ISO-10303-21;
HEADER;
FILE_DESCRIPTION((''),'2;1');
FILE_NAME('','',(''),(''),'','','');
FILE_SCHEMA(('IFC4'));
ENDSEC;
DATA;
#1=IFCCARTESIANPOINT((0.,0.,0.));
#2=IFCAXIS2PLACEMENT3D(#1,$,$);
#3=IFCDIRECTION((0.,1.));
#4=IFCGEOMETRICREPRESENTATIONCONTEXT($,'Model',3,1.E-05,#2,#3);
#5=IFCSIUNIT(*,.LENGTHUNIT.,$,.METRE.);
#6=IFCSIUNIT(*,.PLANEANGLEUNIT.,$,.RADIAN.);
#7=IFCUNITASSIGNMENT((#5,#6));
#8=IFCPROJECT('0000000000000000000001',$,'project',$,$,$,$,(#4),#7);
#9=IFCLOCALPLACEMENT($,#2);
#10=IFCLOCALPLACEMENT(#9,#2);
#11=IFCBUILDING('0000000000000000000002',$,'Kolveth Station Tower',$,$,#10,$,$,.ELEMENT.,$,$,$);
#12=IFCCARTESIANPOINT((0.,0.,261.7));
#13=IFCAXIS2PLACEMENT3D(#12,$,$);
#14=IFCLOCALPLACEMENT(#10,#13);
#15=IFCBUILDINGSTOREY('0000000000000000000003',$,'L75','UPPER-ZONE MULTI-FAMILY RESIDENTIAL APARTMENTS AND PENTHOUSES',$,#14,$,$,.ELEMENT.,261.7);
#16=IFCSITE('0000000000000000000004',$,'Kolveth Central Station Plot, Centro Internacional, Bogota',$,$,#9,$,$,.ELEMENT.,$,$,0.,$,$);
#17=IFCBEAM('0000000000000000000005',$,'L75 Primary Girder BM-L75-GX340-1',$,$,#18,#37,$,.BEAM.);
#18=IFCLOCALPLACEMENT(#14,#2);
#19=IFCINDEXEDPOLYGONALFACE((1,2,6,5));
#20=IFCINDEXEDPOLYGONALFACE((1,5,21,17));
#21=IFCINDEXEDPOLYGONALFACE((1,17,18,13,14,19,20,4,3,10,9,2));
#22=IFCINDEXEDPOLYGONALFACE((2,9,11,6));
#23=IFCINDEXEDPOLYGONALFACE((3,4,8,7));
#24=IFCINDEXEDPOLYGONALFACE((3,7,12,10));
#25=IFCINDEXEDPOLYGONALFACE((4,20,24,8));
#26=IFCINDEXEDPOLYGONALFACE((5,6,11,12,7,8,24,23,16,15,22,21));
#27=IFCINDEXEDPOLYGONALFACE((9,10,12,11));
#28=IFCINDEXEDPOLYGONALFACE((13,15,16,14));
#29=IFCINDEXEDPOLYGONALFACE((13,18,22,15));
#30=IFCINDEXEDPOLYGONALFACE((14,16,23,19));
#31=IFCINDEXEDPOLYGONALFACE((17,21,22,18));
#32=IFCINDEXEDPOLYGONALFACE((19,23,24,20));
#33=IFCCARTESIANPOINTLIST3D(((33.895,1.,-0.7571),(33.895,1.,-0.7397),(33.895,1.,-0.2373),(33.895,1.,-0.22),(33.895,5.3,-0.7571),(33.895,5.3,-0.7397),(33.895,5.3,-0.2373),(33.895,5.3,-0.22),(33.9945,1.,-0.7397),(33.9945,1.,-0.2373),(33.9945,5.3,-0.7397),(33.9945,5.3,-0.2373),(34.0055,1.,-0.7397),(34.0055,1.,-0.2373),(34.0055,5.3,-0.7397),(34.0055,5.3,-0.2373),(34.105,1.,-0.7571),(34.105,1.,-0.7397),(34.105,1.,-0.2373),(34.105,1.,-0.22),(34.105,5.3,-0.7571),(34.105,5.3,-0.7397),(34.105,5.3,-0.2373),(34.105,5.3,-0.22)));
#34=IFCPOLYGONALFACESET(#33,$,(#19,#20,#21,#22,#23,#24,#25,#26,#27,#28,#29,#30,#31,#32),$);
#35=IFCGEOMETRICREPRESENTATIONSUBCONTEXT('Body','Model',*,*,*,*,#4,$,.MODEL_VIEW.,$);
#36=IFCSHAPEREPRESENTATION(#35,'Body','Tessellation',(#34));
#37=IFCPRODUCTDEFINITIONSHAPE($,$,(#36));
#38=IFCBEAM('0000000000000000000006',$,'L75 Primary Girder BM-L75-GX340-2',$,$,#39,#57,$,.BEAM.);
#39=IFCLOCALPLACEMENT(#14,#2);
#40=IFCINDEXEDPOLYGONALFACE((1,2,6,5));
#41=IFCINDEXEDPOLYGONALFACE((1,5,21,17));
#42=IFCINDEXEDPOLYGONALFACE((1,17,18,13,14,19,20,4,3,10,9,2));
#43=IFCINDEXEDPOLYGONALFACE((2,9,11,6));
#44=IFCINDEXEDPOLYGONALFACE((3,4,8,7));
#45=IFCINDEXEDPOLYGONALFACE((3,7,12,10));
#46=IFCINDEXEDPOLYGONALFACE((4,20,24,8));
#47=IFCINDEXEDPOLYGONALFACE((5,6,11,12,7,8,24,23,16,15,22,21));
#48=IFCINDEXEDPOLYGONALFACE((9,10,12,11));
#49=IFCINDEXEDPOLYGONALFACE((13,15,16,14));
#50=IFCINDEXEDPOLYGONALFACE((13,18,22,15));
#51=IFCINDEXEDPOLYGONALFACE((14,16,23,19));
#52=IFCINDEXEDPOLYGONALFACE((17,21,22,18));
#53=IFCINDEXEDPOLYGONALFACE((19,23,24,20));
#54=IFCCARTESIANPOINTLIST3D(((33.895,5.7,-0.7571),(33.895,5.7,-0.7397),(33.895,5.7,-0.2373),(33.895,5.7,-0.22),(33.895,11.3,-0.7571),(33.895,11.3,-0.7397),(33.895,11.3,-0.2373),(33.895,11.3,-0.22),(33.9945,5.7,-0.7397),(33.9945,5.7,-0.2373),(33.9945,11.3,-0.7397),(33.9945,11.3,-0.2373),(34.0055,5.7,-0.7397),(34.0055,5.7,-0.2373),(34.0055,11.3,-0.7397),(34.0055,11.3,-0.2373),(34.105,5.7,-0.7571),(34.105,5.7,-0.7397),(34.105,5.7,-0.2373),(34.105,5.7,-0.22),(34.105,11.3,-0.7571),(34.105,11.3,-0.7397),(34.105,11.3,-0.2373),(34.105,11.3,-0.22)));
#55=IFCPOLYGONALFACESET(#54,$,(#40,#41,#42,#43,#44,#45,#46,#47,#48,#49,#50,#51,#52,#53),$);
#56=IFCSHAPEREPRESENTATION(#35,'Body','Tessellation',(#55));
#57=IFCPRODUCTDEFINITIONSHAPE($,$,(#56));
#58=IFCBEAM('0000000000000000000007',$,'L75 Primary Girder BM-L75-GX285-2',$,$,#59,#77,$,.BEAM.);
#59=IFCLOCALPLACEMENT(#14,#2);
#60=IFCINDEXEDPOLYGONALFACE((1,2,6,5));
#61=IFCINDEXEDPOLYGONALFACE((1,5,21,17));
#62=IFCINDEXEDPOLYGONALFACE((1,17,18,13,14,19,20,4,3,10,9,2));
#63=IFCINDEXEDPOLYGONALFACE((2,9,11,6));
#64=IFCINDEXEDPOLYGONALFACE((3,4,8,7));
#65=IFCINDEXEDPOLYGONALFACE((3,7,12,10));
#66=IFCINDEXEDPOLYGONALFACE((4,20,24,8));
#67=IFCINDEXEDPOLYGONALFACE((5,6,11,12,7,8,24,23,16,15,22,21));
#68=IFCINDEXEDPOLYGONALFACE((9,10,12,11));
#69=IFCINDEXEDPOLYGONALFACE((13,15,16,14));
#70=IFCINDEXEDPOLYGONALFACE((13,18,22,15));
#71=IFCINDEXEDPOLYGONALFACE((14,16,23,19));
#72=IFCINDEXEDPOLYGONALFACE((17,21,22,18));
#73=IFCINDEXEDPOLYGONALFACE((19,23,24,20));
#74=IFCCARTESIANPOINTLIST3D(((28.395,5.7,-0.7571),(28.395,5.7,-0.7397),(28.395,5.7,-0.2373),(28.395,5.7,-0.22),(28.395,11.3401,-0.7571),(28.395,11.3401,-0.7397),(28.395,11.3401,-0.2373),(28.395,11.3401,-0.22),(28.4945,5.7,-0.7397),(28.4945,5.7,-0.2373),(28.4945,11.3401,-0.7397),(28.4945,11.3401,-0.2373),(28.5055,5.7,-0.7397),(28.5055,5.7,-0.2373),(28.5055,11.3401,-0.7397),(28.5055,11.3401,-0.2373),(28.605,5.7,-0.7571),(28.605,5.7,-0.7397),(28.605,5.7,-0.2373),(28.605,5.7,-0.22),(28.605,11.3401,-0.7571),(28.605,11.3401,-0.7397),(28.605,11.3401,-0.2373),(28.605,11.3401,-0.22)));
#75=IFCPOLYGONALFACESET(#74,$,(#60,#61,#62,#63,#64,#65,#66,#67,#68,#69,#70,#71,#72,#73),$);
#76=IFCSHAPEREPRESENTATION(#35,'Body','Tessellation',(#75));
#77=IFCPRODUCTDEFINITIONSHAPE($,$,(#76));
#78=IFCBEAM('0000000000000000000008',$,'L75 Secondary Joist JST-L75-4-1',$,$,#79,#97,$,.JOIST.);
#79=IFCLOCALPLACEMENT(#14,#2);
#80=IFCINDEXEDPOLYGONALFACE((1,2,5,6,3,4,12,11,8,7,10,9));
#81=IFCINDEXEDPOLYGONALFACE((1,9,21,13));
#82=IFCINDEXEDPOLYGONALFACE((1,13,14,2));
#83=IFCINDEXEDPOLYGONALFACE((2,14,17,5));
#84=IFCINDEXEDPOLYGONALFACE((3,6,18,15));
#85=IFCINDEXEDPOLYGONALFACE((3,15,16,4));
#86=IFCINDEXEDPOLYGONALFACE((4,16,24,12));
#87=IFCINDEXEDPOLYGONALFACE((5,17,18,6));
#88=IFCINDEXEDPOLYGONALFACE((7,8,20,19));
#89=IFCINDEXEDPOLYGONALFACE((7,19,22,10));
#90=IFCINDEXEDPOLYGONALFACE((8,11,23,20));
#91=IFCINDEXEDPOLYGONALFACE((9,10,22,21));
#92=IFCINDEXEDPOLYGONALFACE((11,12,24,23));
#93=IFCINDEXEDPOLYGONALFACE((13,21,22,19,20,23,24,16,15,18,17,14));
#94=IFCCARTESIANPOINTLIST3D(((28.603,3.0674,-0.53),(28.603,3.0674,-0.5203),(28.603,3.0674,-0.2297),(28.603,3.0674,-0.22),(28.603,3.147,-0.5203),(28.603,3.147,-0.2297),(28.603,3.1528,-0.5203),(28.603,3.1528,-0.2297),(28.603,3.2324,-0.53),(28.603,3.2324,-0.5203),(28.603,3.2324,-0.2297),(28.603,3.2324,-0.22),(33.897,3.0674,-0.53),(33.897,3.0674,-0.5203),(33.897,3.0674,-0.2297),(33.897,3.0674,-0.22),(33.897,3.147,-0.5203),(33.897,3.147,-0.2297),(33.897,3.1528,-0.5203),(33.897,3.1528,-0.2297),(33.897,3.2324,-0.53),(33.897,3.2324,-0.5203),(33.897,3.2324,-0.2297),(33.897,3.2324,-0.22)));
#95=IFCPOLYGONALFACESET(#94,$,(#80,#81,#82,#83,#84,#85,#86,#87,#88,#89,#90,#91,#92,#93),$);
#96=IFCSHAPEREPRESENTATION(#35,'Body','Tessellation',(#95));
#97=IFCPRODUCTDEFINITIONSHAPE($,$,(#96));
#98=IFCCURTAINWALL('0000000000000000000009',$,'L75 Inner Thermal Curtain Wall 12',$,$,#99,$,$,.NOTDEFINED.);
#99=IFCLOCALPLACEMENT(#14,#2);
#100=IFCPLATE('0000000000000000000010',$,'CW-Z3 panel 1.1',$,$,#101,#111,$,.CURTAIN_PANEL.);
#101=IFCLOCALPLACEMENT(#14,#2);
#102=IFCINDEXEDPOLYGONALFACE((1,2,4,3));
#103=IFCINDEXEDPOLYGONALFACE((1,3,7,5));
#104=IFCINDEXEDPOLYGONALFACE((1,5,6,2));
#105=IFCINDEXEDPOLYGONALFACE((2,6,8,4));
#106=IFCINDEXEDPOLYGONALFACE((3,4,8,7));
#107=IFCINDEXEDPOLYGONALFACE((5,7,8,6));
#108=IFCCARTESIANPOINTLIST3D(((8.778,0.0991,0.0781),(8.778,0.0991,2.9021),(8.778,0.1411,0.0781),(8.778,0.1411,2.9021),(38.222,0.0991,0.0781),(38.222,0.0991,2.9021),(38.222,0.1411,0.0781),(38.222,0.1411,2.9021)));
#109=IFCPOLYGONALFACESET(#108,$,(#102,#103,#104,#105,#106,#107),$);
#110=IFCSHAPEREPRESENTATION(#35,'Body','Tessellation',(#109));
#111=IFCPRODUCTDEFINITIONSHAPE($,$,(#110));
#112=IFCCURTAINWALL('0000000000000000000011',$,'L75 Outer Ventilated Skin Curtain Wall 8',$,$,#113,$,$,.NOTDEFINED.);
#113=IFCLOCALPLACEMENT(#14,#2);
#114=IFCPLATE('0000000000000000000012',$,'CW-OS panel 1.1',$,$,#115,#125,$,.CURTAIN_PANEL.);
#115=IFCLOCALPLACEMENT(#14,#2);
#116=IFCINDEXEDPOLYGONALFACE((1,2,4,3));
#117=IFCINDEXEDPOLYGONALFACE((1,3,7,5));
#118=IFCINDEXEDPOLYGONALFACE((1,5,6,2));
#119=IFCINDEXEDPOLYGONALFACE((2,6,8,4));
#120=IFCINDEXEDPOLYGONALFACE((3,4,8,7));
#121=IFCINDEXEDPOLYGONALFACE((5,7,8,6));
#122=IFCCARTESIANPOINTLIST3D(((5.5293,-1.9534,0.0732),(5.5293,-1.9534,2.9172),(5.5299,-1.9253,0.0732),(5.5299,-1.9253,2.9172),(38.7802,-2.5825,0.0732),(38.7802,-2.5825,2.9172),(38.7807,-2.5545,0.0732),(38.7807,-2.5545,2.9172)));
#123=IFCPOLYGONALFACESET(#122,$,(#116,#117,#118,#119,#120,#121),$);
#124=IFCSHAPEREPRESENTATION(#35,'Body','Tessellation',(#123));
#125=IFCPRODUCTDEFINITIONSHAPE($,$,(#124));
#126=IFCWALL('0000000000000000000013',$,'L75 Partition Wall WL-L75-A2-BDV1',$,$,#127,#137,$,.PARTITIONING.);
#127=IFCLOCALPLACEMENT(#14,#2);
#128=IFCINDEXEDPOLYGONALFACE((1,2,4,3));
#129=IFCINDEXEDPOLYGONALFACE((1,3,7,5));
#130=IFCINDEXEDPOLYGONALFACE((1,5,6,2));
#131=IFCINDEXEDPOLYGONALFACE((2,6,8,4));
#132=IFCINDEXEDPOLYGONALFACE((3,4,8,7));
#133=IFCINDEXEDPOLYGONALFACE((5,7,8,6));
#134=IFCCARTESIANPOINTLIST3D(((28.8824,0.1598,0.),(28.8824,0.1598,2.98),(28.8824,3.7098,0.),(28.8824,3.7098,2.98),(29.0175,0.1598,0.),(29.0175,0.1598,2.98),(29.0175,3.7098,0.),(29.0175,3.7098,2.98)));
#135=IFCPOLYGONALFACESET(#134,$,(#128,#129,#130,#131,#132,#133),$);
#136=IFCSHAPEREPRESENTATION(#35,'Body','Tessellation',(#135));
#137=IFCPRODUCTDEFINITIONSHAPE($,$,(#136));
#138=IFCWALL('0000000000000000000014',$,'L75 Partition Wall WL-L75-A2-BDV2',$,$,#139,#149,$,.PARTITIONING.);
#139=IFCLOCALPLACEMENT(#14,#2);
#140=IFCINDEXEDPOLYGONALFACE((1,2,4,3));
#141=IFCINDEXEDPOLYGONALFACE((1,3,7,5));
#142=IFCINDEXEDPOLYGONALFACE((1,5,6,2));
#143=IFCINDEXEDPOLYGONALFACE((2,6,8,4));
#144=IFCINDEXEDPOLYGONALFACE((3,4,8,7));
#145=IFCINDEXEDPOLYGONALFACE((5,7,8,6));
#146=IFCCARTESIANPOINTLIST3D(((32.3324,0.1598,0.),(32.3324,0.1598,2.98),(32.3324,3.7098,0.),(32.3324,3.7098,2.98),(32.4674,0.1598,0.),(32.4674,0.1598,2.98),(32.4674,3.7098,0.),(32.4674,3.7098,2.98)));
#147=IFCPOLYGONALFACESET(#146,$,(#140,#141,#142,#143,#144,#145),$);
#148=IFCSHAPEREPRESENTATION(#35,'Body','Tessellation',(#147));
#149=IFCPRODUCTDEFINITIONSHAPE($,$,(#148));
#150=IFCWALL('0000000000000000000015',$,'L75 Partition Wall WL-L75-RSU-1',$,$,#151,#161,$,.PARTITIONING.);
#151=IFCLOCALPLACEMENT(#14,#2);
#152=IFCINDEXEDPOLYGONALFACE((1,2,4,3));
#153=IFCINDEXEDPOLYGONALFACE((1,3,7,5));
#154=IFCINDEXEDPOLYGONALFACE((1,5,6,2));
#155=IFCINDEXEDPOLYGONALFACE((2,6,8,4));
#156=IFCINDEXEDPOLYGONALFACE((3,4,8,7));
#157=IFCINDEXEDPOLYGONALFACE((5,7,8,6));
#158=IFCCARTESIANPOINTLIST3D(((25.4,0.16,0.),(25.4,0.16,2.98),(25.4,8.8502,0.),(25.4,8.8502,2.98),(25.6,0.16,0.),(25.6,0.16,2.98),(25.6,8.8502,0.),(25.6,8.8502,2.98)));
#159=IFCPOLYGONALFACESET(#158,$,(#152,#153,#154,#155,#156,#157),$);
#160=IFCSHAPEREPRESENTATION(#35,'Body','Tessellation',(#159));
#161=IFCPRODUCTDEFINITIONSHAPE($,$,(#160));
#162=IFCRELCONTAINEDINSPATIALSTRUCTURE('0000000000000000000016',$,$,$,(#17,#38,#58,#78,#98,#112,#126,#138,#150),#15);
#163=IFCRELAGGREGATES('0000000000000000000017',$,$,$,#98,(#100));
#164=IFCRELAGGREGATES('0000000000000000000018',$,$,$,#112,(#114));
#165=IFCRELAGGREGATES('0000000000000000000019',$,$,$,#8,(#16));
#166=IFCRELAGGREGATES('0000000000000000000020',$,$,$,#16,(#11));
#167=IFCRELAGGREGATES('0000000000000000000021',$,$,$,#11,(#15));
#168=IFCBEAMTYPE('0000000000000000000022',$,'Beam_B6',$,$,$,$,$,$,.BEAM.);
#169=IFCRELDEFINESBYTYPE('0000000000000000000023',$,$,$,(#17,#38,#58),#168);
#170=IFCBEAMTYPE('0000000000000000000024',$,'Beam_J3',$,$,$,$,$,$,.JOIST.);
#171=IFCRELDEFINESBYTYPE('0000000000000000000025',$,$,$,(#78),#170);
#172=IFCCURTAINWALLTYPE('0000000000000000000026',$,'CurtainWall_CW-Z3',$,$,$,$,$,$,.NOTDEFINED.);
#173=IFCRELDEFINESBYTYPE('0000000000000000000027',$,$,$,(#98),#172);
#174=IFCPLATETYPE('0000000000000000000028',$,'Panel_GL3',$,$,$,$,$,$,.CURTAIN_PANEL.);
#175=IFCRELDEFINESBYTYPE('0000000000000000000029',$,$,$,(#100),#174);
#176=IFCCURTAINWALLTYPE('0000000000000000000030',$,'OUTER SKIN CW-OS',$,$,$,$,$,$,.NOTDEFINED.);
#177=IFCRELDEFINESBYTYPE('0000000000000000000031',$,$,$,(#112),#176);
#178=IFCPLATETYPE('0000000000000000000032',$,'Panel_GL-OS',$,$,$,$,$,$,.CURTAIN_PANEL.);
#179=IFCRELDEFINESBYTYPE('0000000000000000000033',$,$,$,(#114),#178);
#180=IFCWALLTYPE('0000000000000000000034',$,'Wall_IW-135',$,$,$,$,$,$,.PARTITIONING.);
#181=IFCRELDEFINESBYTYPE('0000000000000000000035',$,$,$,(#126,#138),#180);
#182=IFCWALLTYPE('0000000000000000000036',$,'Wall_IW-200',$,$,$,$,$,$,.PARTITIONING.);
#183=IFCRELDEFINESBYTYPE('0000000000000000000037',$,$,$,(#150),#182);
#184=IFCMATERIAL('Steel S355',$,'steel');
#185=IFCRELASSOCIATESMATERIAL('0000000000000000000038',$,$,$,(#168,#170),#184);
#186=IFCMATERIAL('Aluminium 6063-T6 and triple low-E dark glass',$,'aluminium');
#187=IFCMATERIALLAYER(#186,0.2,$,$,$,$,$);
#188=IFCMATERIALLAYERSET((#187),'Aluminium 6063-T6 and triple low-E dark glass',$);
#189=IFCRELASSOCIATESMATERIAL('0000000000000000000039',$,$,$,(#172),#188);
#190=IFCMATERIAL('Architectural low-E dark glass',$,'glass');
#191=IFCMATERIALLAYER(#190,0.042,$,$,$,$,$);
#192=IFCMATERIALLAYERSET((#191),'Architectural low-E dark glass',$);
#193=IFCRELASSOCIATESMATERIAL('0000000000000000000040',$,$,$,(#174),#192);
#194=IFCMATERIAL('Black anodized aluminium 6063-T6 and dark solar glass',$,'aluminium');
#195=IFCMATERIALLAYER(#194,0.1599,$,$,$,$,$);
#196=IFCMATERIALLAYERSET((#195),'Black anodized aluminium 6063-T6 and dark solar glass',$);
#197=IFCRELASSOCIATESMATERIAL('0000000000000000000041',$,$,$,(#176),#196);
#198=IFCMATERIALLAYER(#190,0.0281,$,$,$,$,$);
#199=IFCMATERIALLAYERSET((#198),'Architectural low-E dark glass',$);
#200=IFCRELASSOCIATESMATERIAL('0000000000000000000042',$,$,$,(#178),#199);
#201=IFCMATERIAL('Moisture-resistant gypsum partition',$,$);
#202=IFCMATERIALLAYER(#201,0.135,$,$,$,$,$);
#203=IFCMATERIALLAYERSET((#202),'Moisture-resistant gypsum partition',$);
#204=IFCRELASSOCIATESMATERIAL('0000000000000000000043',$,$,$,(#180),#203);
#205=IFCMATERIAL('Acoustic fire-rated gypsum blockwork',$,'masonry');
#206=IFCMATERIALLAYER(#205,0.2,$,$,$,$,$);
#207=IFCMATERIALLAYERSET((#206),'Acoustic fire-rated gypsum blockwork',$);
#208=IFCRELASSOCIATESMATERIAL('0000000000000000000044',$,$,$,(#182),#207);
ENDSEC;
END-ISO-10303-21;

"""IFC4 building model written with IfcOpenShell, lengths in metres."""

from ifc_helpers import new_model, si_unit, direction, frame, frame_2d, origin, origin_2d, place, context, subcontext, project, spatial, rectangle, i_section, extrude, source, transform, mapped, material, layer, layer_set, material_profile, profile_set, type_object, element, aggregate, save


model = new_model("IFC4")

# Units and contexts
model_context = context("Model", 3, precision=1e-05, world=origin(), true_north=direction((0.0, 1.0)))
body_context = subcontext(model_context, "Body", "Model", "MODEL_VIEW")
ifc_project = project(units=[si_unit("LENGTHUNIT", "METRE"), si_unit("PLANEANGLEUNIT", "RADIAN")], contexts=[model_context])

# Site, building, storey
site_placement = place(None, origin())
site = spatial("IfcSite", under=ifc_project, at=site_placement, Name="Kolveth Central Station Plot, Centro Internacional, Bogota", CompositionType="ELEMENT", RefElevation=0.0)
building_placement = place(site_placement, origin())
building = spatial("IfcBuilding", under=site, at=building_placement, Name="Kolveth Station Tower", CompositionType="ELEMENT")
storey_placement = place(building_placement, frame((0.0, 0.0, 261.7)))
storey = spatial("IfcBuildingStorey", under=building, at=storey_placement, Name="L75", Description="UPPER-ZONE MULTI-FAMILY RESIDENTIAL APARTMENTS AND PENTHOUSES", CompositionType="ELEMENT", Elevation=261.7)

# Shared definitions
ifc_material_1 = material(Name="Steel S355", Category="steel")

# Beams
ifc_material_profile_1 = material_profile(ifc_material_1, i_section(OverallWidth=0.21, OverallDepth=0.5371, WebThickness=0.011, FlangeThickness=0.0173, at=origin_2d()), Name="W530x101")
ifc_profile_set_1 = profile_set([ifc_material_profile_1], Name="Steel S355")
beam_type_1 = type_object("IfcBeamType", Name="Beam_B6", PredefinedType="BEAM", material=ifc_profile_set_1)
shared_shape_1 = source(origin(), body_context, "Body", "SweptSolid", [
    extrude(i_section(OverallWidth=0.21, OverallDepth=0.5371, WebThickness=0.011, FlangeThickness=0.0173, at=origin_2d()), origin(), (0.0, 0.0, 1.0), 4.3),
])
for number, where, z_axis, x_axis, name in (
    (1, (34.0, 1.0, -0.4885), (0.0, 1.0, 0.0), (-1.0, 0.0, 0.0), "L75 Primary Girder BM-L75-GX340-1"),
):
    element("IfcBeam", number, at=place(storey_placement, frame(where, z_axis=z_axis, x_axis=x_axis)), inside=storey, type_object=beam_type_1, Name=name, PredefinedType="BEAM", context=body_context, shape_type="MappedRepresentation", body=[
        mapped(shared_shape_1, transform((0.0, 0.0, 0.0), x_axis=(1.0, 0.0, 0.0), y_axis=(0.0, 1.0, 0.0), z_axis=(0.0, 0.0, 1.0), scale=1.0)),
    ])
shared_shape_2 = source(origin(), body_context, "Body", "SweptSolid", [
    extrude(i_section(OverallWidth=0.21, OverallDepth=0.5371, WebThickness=0.011, FlangeThickness=0.0173, at=origin_2d()), origin(), (0.0, 0.0, 1.0), 5.6001),
])
beam_1_placement = place(storey_placement, frame((34.0, 5.7, -0.4885), z_axis=(0.0, 1.0, 0.0), x_axis=(-1.0, 0.0, 0.0)))
element("IfcBeam", 2, at=beam_1_placement, inside=storey, type_object=beam_type_1, Name="L75 Primary Girder BM-L75-GX340-2", PredefinedType="BEAM", context=body_context, shape_type="MappedRepresentation", body=[
    mapped(shared_shape_2, transform((0.0, 0.0, 0.0), x_axis=(1.0, 0.0, 0.0), y_axis=(0.0, 1.0, 0.0), z_axis=(0.0, 0.0, 1.0), scale=1.0)),
])
shared_shape_3 = source(origin(), body_context, "Body", "SweptSolid", [
    extrude(i_section(OverallWidth=0.21, OverallDepth=0.5371, WebThickness=0.011, FlangeThickness=0.0173, at=origin_2d()), origin(), (0.0, 0.0, 1.0), 5.6401),
])
beam_2_placement = place(storey_placement, frame((28.5, 5.7, -0.4885), z_axis=(0.0, 1.0, 0.0), x_axis=(-1.0, 0.0, 0.0)))
element("IfcBeam", 3, at=beam_2_placement, inside=storey, type_object=beam_type_1, Name="L75 Primary Girder BM-L75-GX285-2", PredefinedType="BEAM", context=body_context, shape_type="MappedRepresentation", body=[
    mapped(shared_shape_3, transform((0.0, 0.0, 0.0), x_axis=(1.0, 0.0, 0.0), y_axis=(0.0, 1.0, 0.0), z_axis=(0.0, 0.0, 1.0), scale=1.0)),
])
ifc_material_profile_2 = material_profile(ifc_material_1, i_section(OverallWidth=0.165, OverallDepth=0.3101, WebThickness=0.0059, FlangeThickness=0.0098, at=origin_2d()), Name="W310x39")
ifc_profile_set_2 = profile_set([ifc_material_profile_2], Name="Steel S355")
beam_type_2 = type_object("IfcBeamType", Name="Beam_J3", PredefinedType="JOIST", material=ifc_profile_set_2)
shared_shape_4 = source(origin(), body_context, "Body", "SweptSolid", [
    extrude(i_section(OverallWidth=0.165, OverallDepth=0.3101, WebThickness=0.0059, FlangeThickness=0.0098, at=origin_2d()), origin(), (0.0, 0.0, 1.0), 5.2939),
])
beam_3_placement = place(storey_placement, frame((28.603, 3.1499, -0.375), z_axis=(1.0, 0.0, 0.0), x_axis=(0.0, 1.0, 0.0)))
element("IfcBeam", 4, at=beam_3_placement, inside=storey, type_object=beam_type_2, Name="L75 Secondary Joist JST-L75-4-1", PredefinedType="JOIST", context=body_context, shape_type="MappedRepresentation", body=[
    mapped(shared_shape_4, transform((0.0, 0.0, 0.0), x_axis=(1.0, 0.0, 0.0), y_axis=(0.0, 1.0, 0.0), z_axis=(0.0, 0.0, 1.0), scale=1.0)),
])

# Curtain walls, plates
ifc_material_2 = material(Name="Aluminium 6063-T6 and triple low-E dark glass", Category="aluminium")
ifc_layer_1 = layer(ifc_material_2, 0.2)
ifc_layer_set_1 = layer_set([ifc_layer_1], Name="Aluminium 6063-T6 and triple low-E dark glass")
curtain_wall_type_1 = type_object("IfcCurtainWallType", Name="CurtainWall_CW-Z3", PredefinedType="NOTDEFINED", material=ifc_layer_set_1)
curtain_wall_1_placement = place(storey_placement, origin())
curtain_wall_1 = element("IfcCurtainWall", 5, at=curtain_wall_1_placement, inside=storey, type_object=curtain_wall_type_1, Name="L75 Inner Thermal Curtain Wall 12", PredefinedType="NOTDEFINED")
ifc_material_3 = material(Name="Architectural low-E dark glass", Category="glass")
ifc_layer_2 = layer(ifc_material_3, 0.042)
ifc_layer_set_2 = layer_set([ifc_layer_2], Name="Architectural low-E dark glass")
plate_type_1 = type_object("IfcPlateType", Name="Panel_GL3", PredefinedType="CURTAIN_PANEL", material=ifc_layer_set_2)
shared_shape_5 = source(origin(), body_context, "Body", "SweptSolid", [
    extrude(rectangle(XDim=29.4441, YDim=0.042, at=origin_2d()), origin(), (0.0, 0.0, 1.0), 2.824),
])
plate_1_placement = place(storey_placement, frame((23.5, 0.1201, 0.0781), z_axis=(0.0, 0.0, 1.0), x_axis=(1.0, 0.0, 0.0)))
plate_1 = element("IfcPlate", 6, at=plate_1_placement, type_object=plate_type_1, Name="CW-Z3 panel 1.1", PredefinedType="CURTAIN_PANEL", context=body_context, shape_type="MappedRepresentation", body=[
    mapped(shared_shape_5, transform((0.0, 0.0, 0.0), x_axis=(1.0, 0.0, 0.0), y_axis=(0.0, 1.0, 0.0), z_axis=(0.0, 0.0, 1.0), scale=1.0)),
])
aggregate(curtain_wall_1, [plate_1])
ifc_material_4 = material(Name="Black anodized aluminium 6063-T6 and dark solar glass", Category="aluminium")
ifc_layer_3 = layer(ifc_material_4, 0.1599)
ifc_layer_set_3 = layer_set([ifc_layer_3], Name="Black anodized aluminium 6063-T6 and dark solar glass")
curtain_wall_type_2 = type_object("IfcCurtainWallType", Name="OUTER SKIN CW-OS", PredefinedType="NOTDEFINED", material=ifc_layer_set_3)
curtain_wall_2_placement = place(storey_placement, origin())
curtain_wall_2 = element("IfcCurtainWall", 7, at=curtain_wall_2_placement, inside=storey, type_object=curtain_wall_type_2, Name="L75 Outer Ventilated Skin Curtain Wall 8", PredefinedType="NOTDEFINED")
ifc_layer_4 = layer(ifc_material_3, 0.0281)
ifc_layer_set_4 = layer_set([ifc_layer_4], Name="Architectural low-E dark glass")
plate_type_2 = type_object("IfcPlateType", Name="Panel_GL-OS", PredefinedType="CURTAIN_PANEL", material=ifc_layer_set_4)
shared_shape_6 = source(origin(), body_context, "Body", "SweptSolid", [
    extrude(rectangle(XDim=33.2568, YDim=0.0281, at=origin_2d()), origin(), (0.0, 0.0, 1.0), 2.844),
])
plate_2_placement = place(storey_placement, frame((22.155, -2.2539, 0.0732), z_axis=(0.0, 0.0, 1.0), x_axis=(0.999821, -0.018918, 0.0)))
plate_2 = element("IfcPlate", 8, at=plate_2_placement, type_object=plate_type_2, Name="CW-OS panel 1.1", PredefinedType="CURTAIN_PANEL", context=body_context, shape_type="MappedRepresentation", body=[
    mapped(shared_shape_6, transform((0.0, 0.0, 0.0), x_axis=(1.0, 0.0, 0.0), y_axis=(0.0, 1.0, 0.0), z_axis=(0.0, 0.0, 1.0), scale=1.0)),
])
aggregate(curtain_wall_2, [plate_2])

# Shared definitions
ifc_material_5 = material(Name="Moisture-resistant gypsum partition")
ifc_layer_5 = layer(ifc_material_5, 0.135)
ifc_layer_set_5 = layer_set([ifc_layer_5], Name="Moisture-resistant gypsum partition")
wall_type_1 = type_object("IfcWallType", Name="Wall_IW-135", PredefinedType="PARTITIONING", material=ifc_layer_set_5)

# Wall
wall_1_placement = place(storey_placement, frame((28.95, 0.1599, 0.0), z_axis=(0.0, 0.0, 1.0), x_axis=(0.0, 1.0, 0.0)))
element("IfcWall", 9, at=wall_1_placement, inside=storey, type_object=wall_type_1, Name="L75 Partition Wall WL-L75-A2-BDV1", PredefinedType="PARTITIONING", context=body_context, shape_type="SweptSolid", body=[
    extrude(rectangle(XDim=3.55, YDim=0.135, at=frame_2d((1.7749, 0.0))), origin(), (0.0, 0.0, 1.0), 2.98),
])

# Walls
wall_2_placement = place(storey_placement, frame((32.3999, 0.1599, 0.0), z_axis=(0.0, 0.0, 1.0), x_axis=(0.0, 1.0, 0.0)))
element("IfcWall", 10, at=wall_2_placement, inside=storey, type_object=wall_type_1, Name="L75 Partition Wall WL-L75-A2-BDV2", PredefinedType="PARTITIONING", context=body_context, shape_type="SweptSolid", body=[
    extrude(rectangle(XDim=3.55, YDim=0.135, at=frame_2d((1.7749, 0.0))), origin(), (0.0, 0.0, 1.0), 2.98),
])
ifc_material_6 = material(Name="Acoustic fire-rated gypsum blockwork", Category="masonry")
ifc_layer_6 = layer(ifc_material_6, 0.2)
ifc_layer_set_6 = layer_set([ifc_layer_6], Name="Acoustic fire-rated gypsum blockwork")
wall_type_2 = type_object("IfcWallType", Name="Wall_IW-200", PredefinedType="PARTITIONING", material=ifc_layer_set_6)
wall_3_placement = place(storey_placement, frame((25.5, 0.1599, 0.0), z_axis=(0.0, 0.0, 1.0), x_axis=(0.0, 1.0, 0.0)))
element("IfcWall", 11, at=wall_3_placement, inside=storey, type_object=wall_type_2, Name="L75 Partition Wall WL-L75-RSU-1", PredefinedType="PARTITIONING", context=body_context, shape_type="SweptSolid", body=[
    extrude(rectangle(XDim=8.6902, YDim=0.2, at=frame_2d((4.3452, 0.0))), origin(), (0.0, 0.0, 1.0), 2.98),
])

save(model, "model.ifc")
